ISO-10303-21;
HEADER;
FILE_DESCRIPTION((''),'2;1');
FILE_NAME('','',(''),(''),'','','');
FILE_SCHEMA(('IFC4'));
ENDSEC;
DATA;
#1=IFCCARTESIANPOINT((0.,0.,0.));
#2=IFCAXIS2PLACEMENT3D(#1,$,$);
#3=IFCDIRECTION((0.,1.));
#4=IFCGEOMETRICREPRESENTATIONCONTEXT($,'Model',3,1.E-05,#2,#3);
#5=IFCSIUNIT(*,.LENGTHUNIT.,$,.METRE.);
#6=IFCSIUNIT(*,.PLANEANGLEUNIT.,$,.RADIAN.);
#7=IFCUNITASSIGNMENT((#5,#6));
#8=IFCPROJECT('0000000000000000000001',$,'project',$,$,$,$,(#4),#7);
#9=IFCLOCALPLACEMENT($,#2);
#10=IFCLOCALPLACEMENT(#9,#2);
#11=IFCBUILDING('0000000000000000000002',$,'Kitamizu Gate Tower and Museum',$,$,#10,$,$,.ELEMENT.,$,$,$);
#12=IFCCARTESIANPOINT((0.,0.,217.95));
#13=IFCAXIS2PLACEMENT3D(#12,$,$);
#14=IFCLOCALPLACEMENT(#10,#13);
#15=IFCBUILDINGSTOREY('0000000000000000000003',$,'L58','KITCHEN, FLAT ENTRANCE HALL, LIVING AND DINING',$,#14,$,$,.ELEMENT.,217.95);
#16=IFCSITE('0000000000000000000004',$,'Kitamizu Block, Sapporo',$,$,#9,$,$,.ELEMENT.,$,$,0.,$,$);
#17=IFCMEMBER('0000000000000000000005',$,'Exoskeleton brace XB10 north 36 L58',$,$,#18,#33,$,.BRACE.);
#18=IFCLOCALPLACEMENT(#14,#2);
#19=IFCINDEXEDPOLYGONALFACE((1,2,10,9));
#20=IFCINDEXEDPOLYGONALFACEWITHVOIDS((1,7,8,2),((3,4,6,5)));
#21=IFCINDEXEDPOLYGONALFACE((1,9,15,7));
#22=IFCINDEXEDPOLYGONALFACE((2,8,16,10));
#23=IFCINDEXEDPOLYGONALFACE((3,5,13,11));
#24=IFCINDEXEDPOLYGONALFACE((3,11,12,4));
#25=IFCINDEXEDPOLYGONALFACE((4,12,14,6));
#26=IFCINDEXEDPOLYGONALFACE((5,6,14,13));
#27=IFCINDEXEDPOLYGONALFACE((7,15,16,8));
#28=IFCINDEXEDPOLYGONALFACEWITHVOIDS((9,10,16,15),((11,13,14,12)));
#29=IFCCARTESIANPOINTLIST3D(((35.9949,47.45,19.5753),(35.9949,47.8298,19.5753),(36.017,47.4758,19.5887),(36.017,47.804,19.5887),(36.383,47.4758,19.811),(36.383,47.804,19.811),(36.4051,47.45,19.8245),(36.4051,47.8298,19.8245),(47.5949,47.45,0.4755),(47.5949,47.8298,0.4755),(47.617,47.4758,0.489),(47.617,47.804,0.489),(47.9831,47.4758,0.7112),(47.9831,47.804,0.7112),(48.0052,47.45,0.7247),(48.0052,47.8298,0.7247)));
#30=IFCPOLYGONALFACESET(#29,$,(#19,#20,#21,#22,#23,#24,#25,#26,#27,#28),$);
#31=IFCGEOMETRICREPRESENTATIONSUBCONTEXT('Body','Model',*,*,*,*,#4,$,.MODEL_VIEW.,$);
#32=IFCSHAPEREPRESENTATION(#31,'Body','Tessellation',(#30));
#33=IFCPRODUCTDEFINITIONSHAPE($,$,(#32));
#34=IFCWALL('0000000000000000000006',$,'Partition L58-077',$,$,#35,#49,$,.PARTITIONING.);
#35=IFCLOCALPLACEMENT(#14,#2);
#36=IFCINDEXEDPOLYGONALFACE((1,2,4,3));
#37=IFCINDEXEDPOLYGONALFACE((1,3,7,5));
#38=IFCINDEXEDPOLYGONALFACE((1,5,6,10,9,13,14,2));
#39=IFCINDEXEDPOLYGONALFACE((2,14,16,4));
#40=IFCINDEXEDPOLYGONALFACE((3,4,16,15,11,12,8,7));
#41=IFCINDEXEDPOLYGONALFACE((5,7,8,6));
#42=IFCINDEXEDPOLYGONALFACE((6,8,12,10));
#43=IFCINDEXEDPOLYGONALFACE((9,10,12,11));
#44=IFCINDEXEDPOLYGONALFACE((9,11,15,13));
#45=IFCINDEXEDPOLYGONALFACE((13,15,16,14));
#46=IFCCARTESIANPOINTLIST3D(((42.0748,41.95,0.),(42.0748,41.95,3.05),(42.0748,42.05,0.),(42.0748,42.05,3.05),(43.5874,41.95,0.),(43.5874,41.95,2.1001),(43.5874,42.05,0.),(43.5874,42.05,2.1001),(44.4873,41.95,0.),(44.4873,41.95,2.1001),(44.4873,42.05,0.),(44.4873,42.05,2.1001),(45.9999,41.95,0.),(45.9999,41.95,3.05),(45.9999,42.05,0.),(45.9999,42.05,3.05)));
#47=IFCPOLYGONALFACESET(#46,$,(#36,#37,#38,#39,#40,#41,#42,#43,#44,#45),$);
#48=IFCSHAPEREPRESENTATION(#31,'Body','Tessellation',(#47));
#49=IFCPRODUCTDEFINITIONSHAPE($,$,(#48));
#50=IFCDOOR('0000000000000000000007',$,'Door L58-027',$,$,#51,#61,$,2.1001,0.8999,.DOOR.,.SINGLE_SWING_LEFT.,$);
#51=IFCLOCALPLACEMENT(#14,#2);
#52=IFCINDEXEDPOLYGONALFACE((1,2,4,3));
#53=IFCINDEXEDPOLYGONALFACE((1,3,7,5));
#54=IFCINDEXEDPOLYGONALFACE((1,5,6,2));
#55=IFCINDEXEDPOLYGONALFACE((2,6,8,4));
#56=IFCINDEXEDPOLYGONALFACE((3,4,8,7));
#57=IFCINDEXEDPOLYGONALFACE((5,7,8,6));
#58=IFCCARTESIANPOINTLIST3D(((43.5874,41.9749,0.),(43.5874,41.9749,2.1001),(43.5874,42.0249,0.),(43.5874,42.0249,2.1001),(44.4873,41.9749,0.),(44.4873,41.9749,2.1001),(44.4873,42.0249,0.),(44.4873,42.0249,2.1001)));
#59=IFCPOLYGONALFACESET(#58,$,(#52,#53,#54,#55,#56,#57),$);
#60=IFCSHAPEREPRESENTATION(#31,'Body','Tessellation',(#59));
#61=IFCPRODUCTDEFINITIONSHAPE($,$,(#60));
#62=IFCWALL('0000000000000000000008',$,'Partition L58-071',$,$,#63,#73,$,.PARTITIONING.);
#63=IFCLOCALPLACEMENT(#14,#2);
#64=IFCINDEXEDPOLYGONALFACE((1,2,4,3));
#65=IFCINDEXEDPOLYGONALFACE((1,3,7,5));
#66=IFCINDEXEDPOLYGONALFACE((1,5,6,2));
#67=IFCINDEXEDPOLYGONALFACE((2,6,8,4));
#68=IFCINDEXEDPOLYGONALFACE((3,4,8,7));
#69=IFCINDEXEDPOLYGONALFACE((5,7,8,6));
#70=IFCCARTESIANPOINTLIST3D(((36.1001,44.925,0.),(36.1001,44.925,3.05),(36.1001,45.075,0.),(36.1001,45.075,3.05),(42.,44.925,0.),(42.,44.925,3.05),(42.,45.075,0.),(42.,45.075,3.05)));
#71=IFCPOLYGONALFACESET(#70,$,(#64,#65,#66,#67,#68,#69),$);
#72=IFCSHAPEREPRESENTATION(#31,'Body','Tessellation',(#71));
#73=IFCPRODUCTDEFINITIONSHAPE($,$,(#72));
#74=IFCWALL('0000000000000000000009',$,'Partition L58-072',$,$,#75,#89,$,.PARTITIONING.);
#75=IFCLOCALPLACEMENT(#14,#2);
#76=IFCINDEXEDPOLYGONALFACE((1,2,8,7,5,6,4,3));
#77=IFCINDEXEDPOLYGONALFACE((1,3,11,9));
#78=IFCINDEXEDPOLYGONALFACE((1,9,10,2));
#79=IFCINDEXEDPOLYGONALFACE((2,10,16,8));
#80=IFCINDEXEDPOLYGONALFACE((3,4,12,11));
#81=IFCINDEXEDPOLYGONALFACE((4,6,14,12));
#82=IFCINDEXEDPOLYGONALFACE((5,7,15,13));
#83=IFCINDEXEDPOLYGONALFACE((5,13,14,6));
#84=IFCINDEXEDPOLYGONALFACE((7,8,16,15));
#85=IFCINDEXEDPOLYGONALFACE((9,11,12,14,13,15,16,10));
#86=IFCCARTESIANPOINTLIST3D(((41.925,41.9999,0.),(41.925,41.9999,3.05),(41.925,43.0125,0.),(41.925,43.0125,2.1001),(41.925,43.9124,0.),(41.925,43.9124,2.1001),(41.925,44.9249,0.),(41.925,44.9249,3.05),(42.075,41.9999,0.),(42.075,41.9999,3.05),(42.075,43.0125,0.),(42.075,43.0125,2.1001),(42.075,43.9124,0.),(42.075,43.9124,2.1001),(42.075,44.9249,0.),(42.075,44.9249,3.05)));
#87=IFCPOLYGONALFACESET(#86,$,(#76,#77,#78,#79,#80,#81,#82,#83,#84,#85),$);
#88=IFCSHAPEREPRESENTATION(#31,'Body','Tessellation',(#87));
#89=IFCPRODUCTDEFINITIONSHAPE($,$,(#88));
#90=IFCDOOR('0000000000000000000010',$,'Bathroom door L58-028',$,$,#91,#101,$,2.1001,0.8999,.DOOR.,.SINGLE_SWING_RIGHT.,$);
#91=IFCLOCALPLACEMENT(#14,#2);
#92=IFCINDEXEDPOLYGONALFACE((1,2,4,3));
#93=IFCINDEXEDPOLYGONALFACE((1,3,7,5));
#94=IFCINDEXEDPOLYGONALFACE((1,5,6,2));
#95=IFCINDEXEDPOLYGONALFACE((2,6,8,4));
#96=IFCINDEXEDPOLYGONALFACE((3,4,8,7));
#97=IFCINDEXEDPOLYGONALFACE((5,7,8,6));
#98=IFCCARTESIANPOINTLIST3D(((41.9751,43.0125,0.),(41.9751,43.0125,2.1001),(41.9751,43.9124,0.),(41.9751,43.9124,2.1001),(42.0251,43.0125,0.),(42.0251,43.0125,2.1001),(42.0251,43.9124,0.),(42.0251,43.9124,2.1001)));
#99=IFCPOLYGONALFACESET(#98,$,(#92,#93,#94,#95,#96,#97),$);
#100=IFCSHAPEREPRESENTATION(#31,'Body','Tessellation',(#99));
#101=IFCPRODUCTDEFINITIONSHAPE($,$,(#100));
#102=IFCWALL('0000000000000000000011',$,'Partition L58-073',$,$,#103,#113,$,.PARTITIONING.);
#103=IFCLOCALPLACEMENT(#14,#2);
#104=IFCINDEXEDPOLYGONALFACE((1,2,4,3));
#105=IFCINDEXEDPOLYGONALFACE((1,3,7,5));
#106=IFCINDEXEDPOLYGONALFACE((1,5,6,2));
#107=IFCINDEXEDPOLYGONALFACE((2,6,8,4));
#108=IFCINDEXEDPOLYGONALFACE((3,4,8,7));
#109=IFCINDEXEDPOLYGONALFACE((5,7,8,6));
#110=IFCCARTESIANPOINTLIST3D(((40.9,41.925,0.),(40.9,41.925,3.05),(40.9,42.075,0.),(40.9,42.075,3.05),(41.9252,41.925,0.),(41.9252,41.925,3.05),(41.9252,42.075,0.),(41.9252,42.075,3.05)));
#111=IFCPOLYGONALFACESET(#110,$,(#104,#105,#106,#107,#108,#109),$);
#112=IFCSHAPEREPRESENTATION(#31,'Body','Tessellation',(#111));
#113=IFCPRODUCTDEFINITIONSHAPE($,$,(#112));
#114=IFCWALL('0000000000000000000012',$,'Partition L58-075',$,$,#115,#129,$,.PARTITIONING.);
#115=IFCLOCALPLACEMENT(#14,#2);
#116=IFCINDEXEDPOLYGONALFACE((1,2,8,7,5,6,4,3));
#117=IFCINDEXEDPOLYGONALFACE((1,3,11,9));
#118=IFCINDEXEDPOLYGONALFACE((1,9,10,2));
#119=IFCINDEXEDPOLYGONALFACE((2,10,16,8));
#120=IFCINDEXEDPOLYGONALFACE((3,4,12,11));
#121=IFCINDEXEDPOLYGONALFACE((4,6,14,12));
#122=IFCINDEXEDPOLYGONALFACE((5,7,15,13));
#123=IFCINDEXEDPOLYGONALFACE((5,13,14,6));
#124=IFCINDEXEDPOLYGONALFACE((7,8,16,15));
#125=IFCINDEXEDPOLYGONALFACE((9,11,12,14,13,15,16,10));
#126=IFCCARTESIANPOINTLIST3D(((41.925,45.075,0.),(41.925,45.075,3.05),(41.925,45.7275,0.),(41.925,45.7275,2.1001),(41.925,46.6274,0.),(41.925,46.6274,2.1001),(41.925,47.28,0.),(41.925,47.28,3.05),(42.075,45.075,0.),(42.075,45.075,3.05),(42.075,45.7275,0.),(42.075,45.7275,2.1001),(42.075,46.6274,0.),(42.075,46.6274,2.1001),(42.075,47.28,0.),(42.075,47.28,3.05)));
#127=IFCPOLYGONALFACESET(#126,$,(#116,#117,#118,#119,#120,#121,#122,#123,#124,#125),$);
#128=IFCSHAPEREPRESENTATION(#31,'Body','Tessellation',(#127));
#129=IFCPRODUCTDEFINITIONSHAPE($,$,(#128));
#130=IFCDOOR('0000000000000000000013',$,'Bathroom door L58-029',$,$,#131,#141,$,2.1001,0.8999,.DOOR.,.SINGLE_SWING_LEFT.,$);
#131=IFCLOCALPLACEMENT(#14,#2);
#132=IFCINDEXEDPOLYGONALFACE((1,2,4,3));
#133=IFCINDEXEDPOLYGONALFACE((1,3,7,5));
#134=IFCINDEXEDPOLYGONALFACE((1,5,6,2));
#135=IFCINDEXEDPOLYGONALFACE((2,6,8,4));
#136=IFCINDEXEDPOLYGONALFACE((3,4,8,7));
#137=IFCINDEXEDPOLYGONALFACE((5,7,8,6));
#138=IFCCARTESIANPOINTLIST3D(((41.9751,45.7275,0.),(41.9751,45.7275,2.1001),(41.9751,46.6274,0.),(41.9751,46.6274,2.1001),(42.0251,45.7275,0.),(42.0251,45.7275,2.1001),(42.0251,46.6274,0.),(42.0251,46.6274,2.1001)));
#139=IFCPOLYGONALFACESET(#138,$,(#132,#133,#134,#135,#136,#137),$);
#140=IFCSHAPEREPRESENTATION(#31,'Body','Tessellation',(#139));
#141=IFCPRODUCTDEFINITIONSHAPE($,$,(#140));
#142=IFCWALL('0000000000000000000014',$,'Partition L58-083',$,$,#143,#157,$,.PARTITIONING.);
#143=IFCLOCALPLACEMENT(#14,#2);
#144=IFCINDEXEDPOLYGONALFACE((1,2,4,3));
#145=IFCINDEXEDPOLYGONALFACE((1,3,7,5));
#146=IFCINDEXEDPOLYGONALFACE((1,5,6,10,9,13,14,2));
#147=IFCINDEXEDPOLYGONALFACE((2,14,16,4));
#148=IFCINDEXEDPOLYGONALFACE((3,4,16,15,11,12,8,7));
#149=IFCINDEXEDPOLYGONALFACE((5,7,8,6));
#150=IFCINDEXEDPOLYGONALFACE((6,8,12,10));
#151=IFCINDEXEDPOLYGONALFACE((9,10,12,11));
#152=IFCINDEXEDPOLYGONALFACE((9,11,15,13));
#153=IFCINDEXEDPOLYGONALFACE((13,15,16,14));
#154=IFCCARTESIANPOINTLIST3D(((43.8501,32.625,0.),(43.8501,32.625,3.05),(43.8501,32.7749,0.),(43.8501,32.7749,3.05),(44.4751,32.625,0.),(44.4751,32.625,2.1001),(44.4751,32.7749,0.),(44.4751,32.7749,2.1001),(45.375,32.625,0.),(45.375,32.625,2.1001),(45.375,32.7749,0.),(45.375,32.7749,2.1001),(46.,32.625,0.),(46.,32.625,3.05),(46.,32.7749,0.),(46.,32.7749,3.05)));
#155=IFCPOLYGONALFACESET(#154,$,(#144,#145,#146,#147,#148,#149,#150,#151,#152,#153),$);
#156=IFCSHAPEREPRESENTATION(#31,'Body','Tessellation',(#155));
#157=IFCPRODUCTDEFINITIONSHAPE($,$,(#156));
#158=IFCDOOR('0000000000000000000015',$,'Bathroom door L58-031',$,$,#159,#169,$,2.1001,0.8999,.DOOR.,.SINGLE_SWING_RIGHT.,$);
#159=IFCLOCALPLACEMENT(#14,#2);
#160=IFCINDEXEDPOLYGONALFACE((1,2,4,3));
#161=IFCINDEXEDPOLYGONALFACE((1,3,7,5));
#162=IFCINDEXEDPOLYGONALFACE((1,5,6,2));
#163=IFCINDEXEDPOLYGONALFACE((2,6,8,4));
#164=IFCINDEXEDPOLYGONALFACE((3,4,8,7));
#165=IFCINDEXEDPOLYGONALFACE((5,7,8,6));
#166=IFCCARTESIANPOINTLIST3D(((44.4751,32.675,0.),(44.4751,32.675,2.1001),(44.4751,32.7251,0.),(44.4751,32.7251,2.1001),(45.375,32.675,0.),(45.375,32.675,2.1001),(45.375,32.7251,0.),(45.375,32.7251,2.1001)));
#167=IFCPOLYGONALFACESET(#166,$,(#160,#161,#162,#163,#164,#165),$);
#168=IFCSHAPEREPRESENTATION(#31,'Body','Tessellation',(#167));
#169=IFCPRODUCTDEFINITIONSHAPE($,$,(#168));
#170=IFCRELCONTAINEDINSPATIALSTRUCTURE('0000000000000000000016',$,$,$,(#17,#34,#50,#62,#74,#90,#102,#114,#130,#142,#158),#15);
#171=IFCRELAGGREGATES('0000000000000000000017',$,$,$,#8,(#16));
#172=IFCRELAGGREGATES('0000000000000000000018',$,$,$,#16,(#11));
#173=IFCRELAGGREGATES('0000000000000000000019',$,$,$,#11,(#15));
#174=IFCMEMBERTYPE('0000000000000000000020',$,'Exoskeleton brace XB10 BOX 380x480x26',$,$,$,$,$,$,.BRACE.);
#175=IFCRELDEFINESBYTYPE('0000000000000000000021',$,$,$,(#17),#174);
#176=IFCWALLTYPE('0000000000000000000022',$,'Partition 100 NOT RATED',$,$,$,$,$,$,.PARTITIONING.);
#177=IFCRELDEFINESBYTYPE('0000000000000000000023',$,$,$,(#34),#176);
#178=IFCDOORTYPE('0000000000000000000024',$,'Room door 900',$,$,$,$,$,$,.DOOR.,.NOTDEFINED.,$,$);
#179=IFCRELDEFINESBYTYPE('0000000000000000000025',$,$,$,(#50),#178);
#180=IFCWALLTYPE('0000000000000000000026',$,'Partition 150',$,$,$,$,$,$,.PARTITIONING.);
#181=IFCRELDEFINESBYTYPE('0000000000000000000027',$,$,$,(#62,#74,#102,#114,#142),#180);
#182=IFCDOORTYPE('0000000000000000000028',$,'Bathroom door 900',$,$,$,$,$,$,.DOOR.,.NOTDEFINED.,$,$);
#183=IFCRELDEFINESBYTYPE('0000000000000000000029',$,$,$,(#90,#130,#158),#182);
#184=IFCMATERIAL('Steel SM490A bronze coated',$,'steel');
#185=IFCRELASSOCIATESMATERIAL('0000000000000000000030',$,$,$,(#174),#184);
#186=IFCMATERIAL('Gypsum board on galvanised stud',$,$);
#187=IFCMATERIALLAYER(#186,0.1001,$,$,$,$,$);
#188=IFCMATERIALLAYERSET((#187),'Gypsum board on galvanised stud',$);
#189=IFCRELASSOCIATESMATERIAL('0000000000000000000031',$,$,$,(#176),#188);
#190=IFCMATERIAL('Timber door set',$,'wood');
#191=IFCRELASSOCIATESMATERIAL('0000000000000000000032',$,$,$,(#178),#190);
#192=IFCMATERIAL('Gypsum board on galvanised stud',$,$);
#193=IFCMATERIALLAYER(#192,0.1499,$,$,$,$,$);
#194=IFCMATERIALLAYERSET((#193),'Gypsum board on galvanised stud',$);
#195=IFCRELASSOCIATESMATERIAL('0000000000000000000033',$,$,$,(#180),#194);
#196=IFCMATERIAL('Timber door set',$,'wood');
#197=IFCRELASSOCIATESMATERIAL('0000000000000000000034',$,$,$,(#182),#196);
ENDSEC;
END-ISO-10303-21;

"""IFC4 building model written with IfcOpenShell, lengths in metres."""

from ifc_helpers import new_model, si_unit, direction, frame, frame_2d, origin, origin_2d, place, context, subcontext, project, spatial, rectangle, hollow_rectangle, extrude, material, layer, layer_set, material_profile, profile_set, type_object, element, fill, save


model = new_model("IFC4")

# Units and contexts
model_context = context("Model", 3, precision=1e-05, world=origin(), true_north=direction((0.0, 1.0)))
body_context = subcontext(model_context, "Body", "Model", "MODEL_VIEW")
ifc_project = project(units=[si_unit("LENGTHUNIT", "METRE"), si_unit("PLANEANGLEUNIT", "RADIAN")], contexts=[model_context])

# Site, building, storey
site_placement = place(None, origin())
site = spatial("IfcSite", under=ifc_project, at=site_placement, Name="Kitamizu Block, Sapporo", CompositionType="ELEMENT", RefElevation=0.0)
building_placement = place(site_placement, origin())
building = spatial("IfcBuilding", under=site, at=building_placement, Name="Kitamizu Gate Tower and Museum", CompositionType="ELEMENT")
storey_placement = place(building_placement, frame((0.0, 0.0, 217.95)))
storey = spatial("IfcBuildingStorey", under=building, at=storey_placement, Name="L58", Description="KITCHEN, FLAT ENTRANCE HALL, LIVING AND DINING", CompositionType="ELEMENT", Elevation=217.95)

# Member
ifc_material_1 = material(Name="Steel SM490A bronze coated", Category="steel")
ifc_material_profile = material_profile(ifc_material_1, hollow_rectangle(XDim=0.3799, YDim=0.48, WallThickness=0.0259, at=origin_2d()), Name="BOX 380x480x26")
ifc_profile_set = profile_set([ifc_material_profile], Name="Steel SM490A bronze coated")
member_type = type_object("IfcMemberType", Name="Exoskeleton brace XB10 BOX 380x480x26", PredefinedType="BRACE", material=ifc_profile_set)
member_placement = place(storey_placement, frame((47.8, 47.6399, 0.6001), z_axis=(-0.519101, 0.0, 0.854713), x_axis=(0.0, -1.0, 0.0)))
element("IfcMember", 1, at=member_placement, inside=storey, type_object=member_type, Name="Exoskeleton brace XB10 north 36 L58", PredefinedType="BRACE", context=body_context, shape_type="SweptSolid", body=[
    extrude(hollow_rectangle(XDim=0.3799, YDim=0.48, WallThickness=0.0259, at=origin_2d()), origin(), (0.0, 0.0, 1.0), 22.3464),
])

# Wall, opening, door
ifc_material_2 = material(Name="Gypsum board on galvanised stud")
ifc_layer_1 = layer(ifc_material_2, 0.1001)
ifc_layer_set_1 = layer_set([ifc_layer_1], Name="Gypsum board on galvanised stud")
wall_type_1 = type_object("IfcWallType", Name="Partition 100 NOT RATED", PredefinedType="PARTITIONING", material=ifc_layer_set_1)
wall_1_placement = place(storey_placement, frame((42.075, 42.0, 0.0), z_axis=(0.0, 0.0, 1.0), x_axis=(1.0, 0.0, 0.0)))
wall_1 = element("IfcWall", 2, at=wall_1_placement, inside=storey, type_object=wall_type_1, Name="Partition L58-077", PredefinedType="PARTITIONING", context=body_context, shape_type="SweptSolid", body=[
    extrude(rectangle(XDim=3.925, YDim=0.1001, at=frame_2d((1.9624, 0.0))), origin(), (0.0, 0.0, 1.0), 3.05),
])
opening_1_placement = place(wall_1_placement, frame((1.5125, 0.0, 0.0)))
opening_1 = element("IfcOpeningElement", 3, at=opening_1_placement, cuts=wall_1, PredefinedType="OPENING", context=body_context, shape_type="SweptSolid", body=[
    extrude(rectangle(XDim=0.8999, YDim=2.1001, at=frame_2d((0.45, 1.05))), frame((0.0, 0.0601, 0.0), z_axis=(0.0, -1.0, 0.0), x_axis=(1.0, 0.0, 0.0)), (0.0, 0.0, 1.0), 0.1201),
])
ifc_material_3 = material(Name="Timber door set", Category="wood")
door_type_1 = type_object("IfcDoorType", Name="Room door 900", OperationType="NOTDEFINED", PredefinedType="DOOR", material=ifc_material_3)
door_1_placement = place(opening_1_placement, origin())
door_1 = element("IfcDoor", 4, at=door_1_placement, inside=storey, type_object=door_type_1, Name="Door L58-027", OperationType="SINGLE_SWING_LEFT", OverallHeight=2.1001, OverallWidth=0.8999, PredefinedType="DOOR", context=body_context, shape_type="SweptSolid", body=[
    extrude(rectangle(XDim=0.8999, YDim=2.1001, at=frame_2d((0.45, 1.05))), frame((0.0, 0.0249, 0.0), z_axis=(0.0, -1.0, 0.0), x_axis=(1.0, 0.0, 0.0)), (0.0, 0.0, 1.0), 0.05),
])
fill(opening_1, door_1)

# Wall
ifc_material_4 = material(Name="Gypsum board on galvanised stud")
ifc_layer_2 = layer(ifc_material_4, 0.1499)
ifc_layer_set_2 = layer_set([ifc_layer_2], Name="Gypsum board on galvanised stud")
wall_type_2 = type_object("IfcWallType", Name="Partition 150", PredefinedType="PARTITIONING", material=ifc_layer_set_2)
wall_2_placement = place(storey_placement, frame((42.0, 45.0, 0.0), z_axis=(0.0, 0.0, 1.0), x_axis=(-1.0, 0.0, 0.0)))
element("IfcWall", 5, at=wall_2_placement, inside=storey, type_object=wall_type_2, Name="Partition L58-071", PredefinedType="PARTITIONING", context=body_context, shape_type="SweptSolid", body=[
    extrude(rectangle(XDim=5.8999, YDim=0.1499, at=frame_2d((2.95, 0.0))), origin(), (0.0, 0.0, 1.0), 3.05),
])

# Wall, opening, door
wall_3_placement = place(storey_placement, frame((42.0, 42.0, 0.0), z_axis=(0.0, 0.0, 1.0), x_axis=(0.0, 1.0, 0.0)))
wall_3 = element("IfcWall", 6, at=wall_3_placement, inside=storey, type_object=wall_type_2, Name="Partition L58-072", PredefinedType="PARTITIONING", context=body_context, shape_type="SweptSolid", body=[
    extrude(rectangle(XDim=2.925, YDim=0.1499, at=frame_2d((1.4624, 0.0))), origin(), (0.0, 0.0, 1.0), 3.05),
])
opening_2_placement = place(wall_3_placement, frame((1.0125, 0.0, 0.0)))
opening_2 = element("IfcOpeningElement", 7, at=opening_2_placement, cuts=wall_3, PredefinedType="OPENING", context=body_context, shape_type="SweptSolid", body=[
    extrude(rectangle(XDim=0.8999, YDim=2.1001, at=frame_2d((0.45, 1.05))), frame((0.0, 0.085, 0.0), z_axis=(0.0, -1.0, 0.0), x_axis=(1.0, 0.0, 0.0)), (0.0, 0.0, 1.0), 0.1699),
])
ifc_material_5 = material(Name="Timber door set", Category="wood")
door_type_2 = type_object("IfcDoorType", Name="Bathroom door 900", OperationType="NOTDEFINED", PredefinedType="DOOR", material=ifc_material_5)
door_2_placement = place(opening_2_placement, origin())
door_2 = element("IfcDoor", 8, at=door_2_placement, inside=storey, type_object=door_type_2, Name="Bathroom door L58-028", OperationType="SINGLE_SWING_RIGHT", OverallHeight=2.1001, OverallWidth=0.8999, PredefinedType="DOOR", context=body_context, shape_type="SweptSolid", body=[
    extrude(rectangle(XDim=0.8999, YDim=2.1001, at=frame_2d((0.45, 1.05))), frame((0.0, 0.0249, 0.0), z_axis=(0.0, -1.0, 0.0), x_axis=(1.0, 0.0, 0.0)), (0.0, 0.0, 1.0), 0.05),
])
fill(opening_2, door_2)

# Wall
wall_4_placement = place(storey_placement, frame((40.8999, 42.0, 0.0), z_axis=(0.0, 0.0, 1.0), x_axis=(1.0, 0.0, 0.0)))
element("IfcWall", 9, at=wall_4_placement, inside=storey, type_object=wall_type_2, Name="Partition L58-073", PredefinedType="PARTITIONING", context=body_context, shape_type="SweptSolid", body=[
    extrude(rectangle(XDim=1.0251, YDim=0.1499, at=frame_2d((0.5127, 0.0))), origin(), (0.0, 0.0, 1.0), 3.05),
])

# Walls, openings, doors
wall_5_placement = place(storey_placement, frame((42.0, 45.075, 0.0), z_axis=(0.0, 0.0, 1.0), x_axis=(0.0, 1.0, 0.0)))
wall_5 = element("IfcWall", 10, at=wall_5_placement, inside=storey, type_object=wall_type_2, Name="Partition L58-075", PredefinedType="PARTITIONING", context=body_context, shape_type="SweptSolid", body=[
    extrude(rectangle(XDim=2.2051, YDim=0.1499, at=frame_2d((1.1025, 0.0))), origin(), (0.0, 0.0, 1.0), 3.05),
])
opening_3_placement = place(wall_5_placement, frame((0.6526, 0.0, 0.0)))
opening_3 = element("IfcOpeningElement", 11, at=opening_3_placement, cuts=wall_5, PredefinedType="OPENING", context=body_context, shape_type="SweptSolid", body=[
    extrude(rectangle(XDim=0.8999, YDim=2.1001, at=frame_2d((0.45, 1.05))), frame((0.0, 0.085, 0.0), z_axis=(0.0, -1.0, 0.0), x_axis=(1.0, 0.0, 0.0)), (0.0, 0.0, 1.0), 0.1699),
])
door_3_placement = place(opening_3_placement, origin())
door_3 = element("IfcDoor", 12, at=door_3_placement, inside=storey, type_object=door_type_2, Name="Bathroom door L58-029", OperationType="SINGLE_SWING_LEFT", OverallHeight=2.1001, OverallWidth=0.8999, PredefinedType="DOOR", context=body_context, shape_type="SweptSolid", body=[
    extrude(rectangle(XDim=0.8999, YDim=2.1001, at=frame_2d((0.45, 1.05))), frame((0.0, 0.0249, 0.0), z_axis=(0.0, -1.0, 0.0), x_axis=(1.0, 0.0, 0.0)), (0.0, 0.0, 1.0), 0.05),
])
fill(opening_3, door_3)
wall_6_placement = place(storey_placement, frame((43.8501, 32.7, 0.0), z_axis=(0.0, 0.0, 1.0), x_axis=(1.0, 0.0, 0.0)))
wall_6 = element("IfcWall", 13, at=wall_6_placement, inside=storey, type_object=wall_type_2, Name="Partition L58-083", PredefinedType="PARTITIONING", context=body_context, shape_type="SweptSolid", body=[
    extrude(rectangle(XDim=2.1499, YDim=0.1499, at=frame_2d((1.075, 0.0))), origin(), (0.0, 0.0, 1.0), 3.05),
])
opening_4_placement = place(wall_6_placement, frame((0.625, 0.0, 0.0)))
opening_4 = element("IfcOpeningElement", 14, at=opening_4_placement, cuts=wall_6, PredefinedType="OPENING", context=body_context, shape_type="SweptSolid", body=[
    extrude(rectangle(XDim=0.8999, YDim=2.1001, at=frame_2d((0.45, 1.05))), frame((0.0, 0.085, 0.0), z_axis=(0.0, -1.0, 0.0), x_axis=(1.0, 0.0, 0.0)), (0.0, 0.0, 1.0), 0.1699),
])
door_4_placement = place(opening_4_placement, frame((0.8999, 0.0, 0.0), x_axis=(-1.0, 0.0, 0.0)))
door_4 = element("IfcDoor", 15, at=door_4_placement, inside=storey, type_object=door_type_2, Name="Bathroom door L58-031", OperationType="SINGLE_SWING_RIGHT", OverallHeight=2.1001, OverallWidth=0.8999, PredefinedType="DOOR", context=body_context, shape_type="SweptSolid", body=[
    extrude(rectangle(XDim=0.8999, YDim=2.1001, at=frame_2d((0.45, 1.05))), frame((0.0, 0.0249, 0.0), z_axis=(0.0, -1.0, 0.0), x_axis=(1.0, 0.0, 0.0)), (0.0, 0.0, 1.0), 0.05),
])
fill(opening_4, door_4)

save(model, "model.ifc")
